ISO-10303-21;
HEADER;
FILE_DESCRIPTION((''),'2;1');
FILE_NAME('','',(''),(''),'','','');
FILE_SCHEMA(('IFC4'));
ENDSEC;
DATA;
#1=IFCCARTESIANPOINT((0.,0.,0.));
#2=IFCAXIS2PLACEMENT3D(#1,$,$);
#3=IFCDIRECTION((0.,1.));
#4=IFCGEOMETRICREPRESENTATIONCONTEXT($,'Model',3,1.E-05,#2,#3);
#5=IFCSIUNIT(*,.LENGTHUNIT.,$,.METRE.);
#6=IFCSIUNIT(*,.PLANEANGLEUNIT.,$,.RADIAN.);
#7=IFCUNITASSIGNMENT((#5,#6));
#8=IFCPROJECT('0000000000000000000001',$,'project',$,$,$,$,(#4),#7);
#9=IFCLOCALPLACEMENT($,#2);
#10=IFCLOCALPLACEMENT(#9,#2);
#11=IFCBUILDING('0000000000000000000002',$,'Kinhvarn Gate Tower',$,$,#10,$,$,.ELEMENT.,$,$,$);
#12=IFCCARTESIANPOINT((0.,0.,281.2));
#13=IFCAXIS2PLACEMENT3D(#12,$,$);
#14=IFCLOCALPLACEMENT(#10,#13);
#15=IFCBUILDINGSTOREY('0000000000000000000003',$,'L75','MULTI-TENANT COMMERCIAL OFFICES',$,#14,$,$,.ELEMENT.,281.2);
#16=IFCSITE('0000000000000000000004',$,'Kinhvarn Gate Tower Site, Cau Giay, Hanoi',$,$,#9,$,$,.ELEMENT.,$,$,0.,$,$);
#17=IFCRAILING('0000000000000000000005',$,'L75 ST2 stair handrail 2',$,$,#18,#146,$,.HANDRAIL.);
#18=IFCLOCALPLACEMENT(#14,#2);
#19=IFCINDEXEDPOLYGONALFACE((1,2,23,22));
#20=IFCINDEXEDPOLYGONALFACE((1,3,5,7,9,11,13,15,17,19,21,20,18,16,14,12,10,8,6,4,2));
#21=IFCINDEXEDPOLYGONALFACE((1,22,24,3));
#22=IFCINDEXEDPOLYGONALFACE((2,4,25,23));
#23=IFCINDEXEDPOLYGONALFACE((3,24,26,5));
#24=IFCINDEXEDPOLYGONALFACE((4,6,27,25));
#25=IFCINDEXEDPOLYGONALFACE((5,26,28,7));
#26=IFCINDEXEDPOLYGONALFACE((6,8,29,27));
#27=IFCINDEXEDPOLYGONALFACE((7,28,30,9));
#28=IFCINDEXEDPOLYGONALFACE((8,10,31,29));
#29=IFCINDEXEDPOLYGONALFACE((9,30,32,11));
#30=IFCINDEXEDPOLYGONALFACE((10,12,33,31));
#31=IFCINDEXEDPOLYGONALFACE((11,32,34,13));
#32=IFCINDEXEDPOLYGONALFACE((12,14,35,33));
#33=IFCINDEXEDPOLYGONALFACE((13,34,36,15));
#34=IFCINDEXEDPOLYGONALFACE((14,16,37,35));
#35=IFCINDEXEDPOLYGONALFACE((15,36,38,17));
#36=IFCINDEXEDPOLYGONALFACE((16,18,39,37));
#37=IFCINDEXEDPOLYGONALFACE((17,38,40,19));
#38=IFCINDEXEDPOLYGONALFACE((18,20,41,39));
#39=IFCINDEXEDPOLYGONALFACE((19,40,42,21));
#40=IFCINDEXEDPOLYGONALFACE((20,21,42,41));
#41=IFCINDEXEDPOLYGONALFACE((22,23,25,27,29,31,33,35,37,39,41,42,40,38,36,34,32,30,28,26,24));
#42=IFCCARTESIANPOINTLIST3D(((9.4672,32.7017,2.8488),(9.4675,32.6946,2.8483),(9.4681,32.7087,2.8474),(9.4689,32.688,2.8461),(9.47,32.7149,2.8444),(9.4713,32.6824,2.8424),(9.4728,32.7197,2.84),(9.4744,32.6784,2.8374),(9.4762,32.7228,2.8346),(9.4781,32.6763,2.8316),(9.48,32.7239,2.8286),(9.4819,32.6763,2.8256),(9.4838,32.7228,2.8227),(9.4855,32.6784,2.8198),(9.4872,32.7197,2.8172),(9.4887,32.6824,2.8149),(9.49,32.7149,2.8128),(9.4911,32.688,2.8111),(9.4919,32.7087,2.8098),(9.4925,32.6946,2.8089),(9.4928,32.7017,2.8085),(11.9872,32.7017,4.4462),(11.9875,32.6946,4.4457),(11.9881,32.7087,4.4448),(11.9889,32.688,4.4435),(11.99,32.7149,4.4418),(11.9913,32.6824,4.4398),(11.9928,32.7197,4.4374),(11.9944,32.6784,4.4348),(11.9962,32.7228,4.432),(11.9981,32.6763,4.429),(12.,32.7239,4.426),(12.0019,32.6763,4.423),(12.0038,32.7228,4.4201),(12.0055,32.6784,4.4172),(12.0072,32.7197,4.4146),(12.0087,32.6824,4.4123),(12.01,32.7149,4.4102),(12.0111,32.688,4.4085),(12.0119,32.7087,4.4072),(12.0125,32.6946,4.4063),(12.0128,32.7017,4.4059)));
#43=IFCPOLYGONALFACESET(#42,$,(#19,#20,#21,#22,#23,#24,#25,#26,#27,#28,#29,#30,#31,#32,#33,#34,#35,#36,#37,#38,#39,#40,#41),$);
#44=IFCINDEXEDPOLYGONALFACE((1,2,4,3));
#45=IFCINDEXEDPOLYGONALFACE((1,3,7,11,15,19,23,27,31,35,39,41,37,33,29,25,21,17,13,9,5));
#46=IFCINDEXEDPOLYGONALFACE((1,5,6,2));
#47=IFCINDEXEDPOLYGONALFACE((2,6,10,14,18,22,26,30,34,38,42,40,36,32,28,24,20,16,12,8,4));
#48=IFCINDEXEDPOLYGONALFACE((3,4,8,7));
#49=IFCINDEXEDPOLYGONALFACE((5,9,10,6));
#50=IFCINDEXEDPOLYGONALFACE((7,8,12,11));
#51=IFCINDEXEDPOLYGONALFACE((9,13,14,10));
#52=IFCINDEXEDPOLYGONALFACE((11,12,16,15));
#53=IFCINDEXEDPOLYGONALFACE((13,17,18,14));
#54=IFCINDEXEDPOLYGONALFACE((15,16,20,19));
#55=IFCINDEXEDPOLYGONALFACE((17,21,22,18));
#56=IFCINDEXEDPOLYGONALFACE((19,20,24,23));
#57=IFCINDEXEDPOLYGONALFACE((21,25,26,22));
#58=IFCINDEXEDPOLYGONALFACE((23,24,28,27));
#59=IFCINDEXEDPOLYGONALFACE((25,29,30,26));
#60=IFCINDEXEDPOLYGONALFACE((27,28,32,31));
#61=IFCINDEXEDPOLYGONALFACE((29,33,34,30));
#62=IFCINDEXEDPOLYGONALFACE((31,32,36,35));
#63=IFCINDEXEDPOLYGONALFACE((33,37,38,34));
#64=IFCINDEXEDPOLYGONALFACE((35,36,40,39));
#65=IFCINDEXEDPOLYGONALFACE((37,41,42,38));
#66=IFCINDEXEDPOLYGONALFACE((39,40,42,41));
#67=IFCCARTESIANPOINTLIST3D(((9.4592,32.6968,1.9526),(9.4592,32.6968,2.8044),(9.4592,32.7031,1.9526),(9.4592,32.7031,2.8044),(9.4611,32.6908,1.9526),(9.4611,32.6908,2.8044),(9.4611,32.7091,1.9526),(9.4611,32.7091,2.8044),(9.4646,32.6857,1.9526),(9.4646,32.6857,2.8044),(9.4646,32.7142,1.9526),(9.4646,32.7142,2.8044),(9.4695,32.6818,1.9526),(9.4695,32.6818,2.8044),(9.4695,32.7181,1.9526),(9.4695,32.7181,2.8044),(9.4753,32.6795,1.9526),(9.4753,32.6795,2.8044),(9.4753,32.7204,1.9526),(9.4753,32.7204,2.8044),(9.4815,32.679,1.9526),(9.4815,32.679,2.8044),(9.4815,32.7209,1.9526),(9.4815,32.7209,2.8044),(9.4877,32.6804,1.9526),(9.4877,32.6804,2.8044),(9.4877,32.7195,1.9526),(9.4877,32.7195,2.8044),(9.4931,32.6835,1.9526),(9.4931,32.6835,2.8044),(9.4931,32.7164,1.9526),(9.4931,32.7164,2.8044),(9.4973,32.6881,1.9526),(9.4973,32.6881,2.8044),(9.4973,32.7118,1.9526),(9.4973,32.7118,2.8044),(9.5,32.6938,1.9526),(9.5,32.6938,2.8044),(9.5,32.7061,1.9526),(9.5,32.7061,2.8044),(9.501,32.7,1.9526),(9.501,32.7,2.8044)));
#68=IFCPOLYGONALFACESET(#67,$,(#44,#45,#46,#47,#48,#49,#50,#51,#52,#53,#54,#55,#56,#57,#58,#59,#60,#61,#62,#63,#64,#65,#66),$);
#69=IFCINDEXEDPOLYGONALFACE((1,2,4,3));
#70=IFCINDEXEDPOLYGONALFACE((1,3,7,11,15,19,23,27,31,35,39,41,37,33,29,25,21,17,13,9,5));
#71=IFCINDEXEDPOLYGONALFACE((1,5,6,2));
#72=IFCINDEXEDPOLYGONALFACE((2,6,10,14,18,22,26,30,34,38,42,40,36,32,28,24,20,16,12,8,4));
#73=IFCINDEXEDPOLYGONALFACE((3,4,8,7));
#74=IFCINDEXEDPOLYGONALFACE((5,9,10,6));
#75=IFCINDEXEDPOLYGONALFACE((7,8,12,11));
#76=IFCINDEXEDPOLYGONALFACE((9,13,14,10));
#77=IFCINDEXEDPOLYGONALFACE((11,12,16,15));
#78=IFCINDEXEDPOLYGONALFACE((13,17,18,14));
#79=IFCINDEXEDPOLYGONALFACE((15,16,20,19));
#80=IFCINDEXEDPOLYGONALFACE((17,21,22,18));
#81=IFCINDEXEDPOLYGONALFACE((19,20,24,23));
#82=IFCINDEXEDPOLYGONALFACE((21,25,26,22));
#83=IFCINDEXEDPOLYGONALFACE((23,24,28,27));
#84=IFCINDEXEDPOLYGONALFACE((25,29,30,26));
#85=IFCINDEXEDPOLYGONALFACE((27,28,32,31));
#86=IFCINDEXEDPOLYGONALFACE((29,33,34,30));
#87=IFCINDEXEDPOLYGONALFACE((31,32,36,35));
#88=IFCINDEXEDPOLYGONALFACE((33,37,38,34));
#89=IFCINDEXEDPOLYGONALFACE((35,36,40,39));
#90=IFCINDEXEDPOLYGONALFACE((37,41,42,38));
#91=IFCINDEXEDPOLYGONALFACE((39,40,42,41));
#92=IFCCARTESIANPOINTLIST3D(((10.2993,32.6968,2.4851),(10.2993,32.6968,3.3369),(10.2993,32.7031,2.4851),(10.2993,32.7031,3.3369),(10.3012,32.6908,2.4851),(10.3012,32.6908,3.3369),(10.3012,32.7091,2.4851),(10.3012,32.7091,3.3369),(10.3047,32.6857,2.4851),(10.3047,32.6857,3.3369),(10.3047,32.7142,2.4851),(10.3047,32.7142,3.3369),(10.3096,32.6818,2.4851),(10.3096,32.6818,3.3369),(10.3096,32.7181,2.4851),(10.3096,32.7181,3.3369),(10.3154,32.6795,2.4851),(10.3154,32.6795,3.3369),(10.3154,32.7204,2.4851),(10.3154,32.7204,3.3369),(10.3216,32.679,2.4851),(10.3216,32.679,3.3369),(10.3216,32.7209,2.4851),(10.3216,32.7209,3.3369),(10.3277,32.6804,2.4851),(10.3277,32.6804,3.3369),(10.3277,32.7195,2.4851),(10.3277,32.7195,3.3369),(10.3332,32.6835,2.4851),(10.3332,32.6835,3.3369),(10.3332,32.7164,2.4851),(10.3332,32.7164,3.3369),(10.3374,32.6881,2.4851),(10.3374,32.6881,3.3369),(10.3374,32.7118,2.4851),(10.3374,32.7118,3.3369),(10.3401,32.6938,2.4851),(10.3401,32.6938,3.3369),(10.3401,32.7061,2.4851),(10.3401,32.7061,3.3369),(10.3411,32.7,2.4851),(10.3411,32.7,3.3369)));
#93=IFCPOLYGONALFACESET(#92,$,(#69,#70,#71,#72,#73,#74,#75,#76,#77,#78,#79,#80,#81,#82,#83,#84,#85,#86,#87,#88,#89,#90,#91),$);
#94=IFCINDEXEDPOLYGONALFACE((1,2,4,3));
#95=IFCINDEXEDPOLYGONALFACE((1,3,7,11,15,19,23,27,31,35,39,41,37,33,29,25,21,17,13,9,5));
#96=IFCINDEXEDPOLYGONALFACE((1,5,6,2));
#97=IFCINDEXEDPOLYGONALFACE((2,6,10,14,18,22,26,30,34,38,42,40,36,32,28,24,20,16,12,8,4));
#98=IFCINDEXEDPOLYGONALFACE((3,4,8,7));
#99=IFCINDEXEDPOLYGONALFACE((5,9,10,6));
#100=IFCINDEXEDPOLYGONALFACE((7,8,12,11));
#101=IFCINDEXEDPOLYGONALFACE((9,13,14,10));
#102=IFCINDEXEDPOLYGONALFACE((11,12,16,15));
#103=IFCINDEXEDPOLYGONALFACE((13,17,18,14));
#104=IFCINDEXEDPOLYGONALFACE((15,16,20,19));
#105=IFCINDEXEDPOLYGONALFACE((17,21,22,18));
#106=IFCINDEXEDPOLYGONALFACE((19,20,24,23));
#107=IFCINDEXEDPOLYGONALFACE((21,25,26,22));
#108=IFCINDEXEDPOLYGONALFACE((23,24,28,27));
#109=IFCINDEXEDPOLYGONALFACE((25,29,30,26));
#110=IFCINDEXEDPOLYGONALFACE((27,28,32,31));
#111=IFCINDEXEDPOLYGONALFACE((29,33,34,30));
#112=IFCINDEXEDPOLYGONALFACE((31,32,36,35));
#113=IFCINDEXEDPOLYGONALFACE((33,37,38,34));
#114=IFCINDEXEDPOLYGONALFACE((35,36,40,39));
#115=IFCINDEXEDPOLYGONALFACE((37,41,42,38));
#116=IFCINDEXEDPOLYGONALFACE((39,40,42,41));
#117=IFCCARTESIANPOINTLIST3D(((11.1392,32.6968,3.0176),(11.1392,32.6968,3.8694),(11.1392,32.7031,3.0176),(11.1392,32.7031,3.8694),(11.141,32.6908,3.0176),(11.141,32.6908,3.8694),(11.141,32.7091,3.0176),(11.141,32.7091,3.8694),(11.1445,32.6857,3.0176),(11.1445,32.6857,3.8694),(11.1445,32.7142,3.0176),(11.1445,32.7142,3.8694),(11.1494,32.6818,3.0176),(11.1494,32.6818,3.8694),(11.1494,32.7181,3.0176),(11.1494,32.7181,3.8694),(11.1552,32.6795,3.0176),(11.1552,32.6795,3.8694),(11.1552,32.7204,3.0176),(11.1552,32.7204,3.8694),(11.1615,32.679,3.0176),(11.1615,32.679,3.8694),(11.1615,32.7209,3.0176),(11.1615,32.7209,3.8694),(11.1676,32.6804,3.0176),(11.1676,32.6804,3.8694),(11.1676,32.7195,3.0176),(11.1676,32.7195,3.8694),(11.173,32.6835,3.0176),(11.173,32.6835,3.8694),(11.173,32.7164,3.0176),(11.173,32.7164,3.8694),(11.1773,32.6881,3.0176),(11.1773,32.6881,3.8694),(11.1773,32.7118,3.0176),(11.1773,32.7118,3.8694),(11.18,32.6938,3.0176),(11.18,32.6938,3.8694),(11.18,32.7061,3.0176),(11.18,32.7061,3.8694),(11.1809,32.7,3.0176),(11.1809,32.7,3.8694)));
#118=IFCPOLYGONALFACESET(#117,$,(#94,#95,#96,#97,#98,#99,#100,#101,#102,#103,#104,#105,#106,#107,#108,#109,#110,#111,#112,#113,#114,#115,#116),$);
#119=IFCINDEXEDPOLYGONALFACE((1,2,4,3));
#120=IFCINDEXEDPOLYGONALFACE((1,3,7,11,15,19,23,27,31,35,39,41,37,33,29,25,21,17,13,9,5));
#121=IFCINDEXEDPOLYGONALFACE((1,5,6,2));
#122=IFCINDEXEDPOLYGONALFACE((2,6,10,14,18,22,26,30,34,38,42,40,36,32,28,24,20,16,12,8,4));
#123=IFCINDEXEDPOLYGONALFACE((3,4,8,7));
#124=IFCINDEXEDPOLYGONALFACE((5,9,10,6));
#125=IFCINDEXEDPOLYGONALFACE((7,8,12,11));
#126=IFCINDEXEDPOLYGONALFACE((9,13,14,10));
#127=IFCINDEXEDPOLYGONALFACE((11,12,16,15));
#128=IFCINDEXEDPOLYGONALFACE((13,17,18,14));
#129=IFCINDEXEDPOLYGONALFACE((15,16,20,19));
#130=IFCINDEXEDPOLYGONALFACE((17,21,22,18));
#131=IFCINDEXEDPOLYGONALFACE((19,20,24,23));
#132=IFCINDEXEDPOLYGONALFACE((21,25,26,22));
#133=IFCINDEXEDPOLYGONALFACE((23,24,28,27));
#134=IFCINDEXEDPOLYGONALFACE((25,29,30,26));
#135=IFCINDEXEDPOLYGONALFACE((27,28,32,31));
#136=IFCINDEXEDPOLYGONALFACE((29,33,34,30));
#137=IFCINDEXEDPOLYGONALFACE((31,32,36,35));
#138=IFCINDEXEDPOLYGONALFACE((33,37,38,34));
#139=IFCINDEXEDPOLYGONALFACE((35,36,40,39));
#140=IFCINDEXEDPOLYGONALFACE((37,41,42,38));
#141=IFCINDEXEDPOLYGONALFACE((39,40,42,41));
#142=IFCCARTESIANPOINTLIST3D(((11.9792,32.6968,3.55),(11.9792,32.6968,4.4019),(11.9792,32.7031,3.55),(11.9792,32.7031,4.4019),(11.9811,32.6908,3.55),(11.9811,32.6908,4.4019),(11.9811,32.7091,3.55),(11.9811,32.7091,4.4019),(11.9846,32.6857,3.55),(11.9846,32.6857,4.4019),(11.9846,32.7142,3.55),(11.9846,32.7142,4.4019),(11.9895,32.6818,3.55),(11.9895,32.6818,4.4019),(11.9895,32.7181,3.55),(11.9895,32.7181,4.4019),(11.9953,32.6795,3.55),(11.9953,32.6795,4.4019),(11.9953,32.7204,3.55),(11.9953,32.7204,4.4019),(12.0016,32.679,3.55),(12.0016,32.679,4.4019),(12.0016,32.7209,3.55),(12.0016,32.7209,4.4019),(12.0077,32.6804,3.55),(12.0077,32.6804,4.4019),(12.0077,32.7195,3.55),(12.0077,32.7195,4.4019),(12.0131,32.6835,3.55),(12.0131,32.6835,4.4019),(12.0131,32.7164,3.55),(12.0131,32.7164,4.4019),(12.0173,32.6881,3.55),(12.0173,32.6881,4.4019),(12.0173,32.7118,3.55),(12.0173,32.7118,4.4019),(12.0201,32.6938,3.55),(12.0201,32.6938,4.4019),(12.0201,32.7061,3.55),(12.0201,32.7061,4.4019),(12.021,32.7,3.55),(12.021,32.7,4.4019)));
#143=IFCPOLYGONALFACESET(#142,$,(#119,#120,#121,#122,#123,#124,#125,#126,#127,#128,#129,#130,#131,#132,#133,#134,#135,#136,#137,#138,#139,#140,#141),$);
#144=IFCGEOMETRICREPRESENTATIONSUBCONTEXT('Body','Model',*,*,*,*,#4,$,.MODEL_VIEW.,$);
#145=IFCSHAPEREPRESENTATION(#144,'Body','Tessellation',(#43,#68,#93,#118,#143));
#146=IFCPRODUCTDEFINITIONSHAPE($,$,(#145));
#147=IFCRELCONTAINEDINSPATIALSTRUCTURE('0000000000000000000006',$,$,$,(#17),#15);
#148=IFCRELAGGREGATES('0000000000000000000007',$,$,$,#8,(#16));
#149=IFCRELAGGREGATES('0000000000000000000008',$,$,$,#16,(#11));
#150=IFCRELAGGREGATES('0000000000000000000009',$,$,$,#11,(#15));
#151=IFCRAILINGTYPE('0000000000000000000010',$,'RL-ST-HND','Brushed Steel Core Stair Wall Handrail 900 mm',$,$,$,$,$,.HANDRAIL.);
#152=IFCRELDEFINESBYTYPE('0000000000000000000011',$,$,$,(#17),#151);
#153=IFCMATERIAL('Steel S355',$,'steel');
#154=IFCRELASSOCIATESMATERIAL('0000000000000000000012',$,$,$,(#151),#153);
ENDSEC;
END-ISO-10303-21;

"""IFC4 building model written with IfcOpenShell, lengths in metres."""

from ifc_helpers import new_model, si_unit, direction, frame, origin, origin_2d, place, context, subcontext, project, spatial, circle, extrude, material, type_object, element, save


model = new_model("IFC4")

# Units and contexts
model_context = context("Model", 3, precision=1e-05, world=origin(), true_north=direction((0.0, 1.0)))
body_context = subcontext(model_context, "Body", "Model", "MODEL_VIEW")
ifc_project = project(units=[si_unit("LENGTHUNIT", "METRE"), si_unit("PLANEANGLEUNIT", "RADIAN")], contexts=[model_context])

# Site, building, storey
site_placement = place(None, origin())
site = spatial("IfcSite", under=ifc_project, at=site_placement, Name="Kinhvarn Gate Tower Site, Cau Giay, Hanoi", CompositionType="ELEMENT", RefElevation=0.0)
building_placement = place(site_placement, origin())
building = spatial("IfcBuilding", under=site, at=building_placement, Name="Kinhvarn Gate Tower", CompositionType="ELEMENT")
storey_placement = place(building_placement, frame((0.0, 0.0, 281.2)))
storey = spatial("IfcBuildingStorey", under=building, at=storey_placement, Name="L75", Description="MULTI-TENANT COMMERCIAL OFFICES", CompositionType="ELEMENT", Elevation=281.2)

# Railing
ifc_material_1 = material(Name="Steel S355", Category="steel")
railing_type_1 = type_object("IfcRailingType", Name="RL-ST-HND", Description="Brushed Steel Core Stair Wall Handrail 900 mm", PredefinedType="HANDRAIL", material=ifc_material_1)
railing_1_placement = place(storey_placement, frame((9.48, 32.7, 1.9526)))
element("IfcRailing", 1, at=railing_1_placement, inside=storey, type_object=railing_type_1, Name="L75 ST2 stair handrail 2", PredefinedType="HANDRAIL", context=body_context, shape_type="SweptSolid", body=[
    extrude(circle(Radius=0.0239, at=origin_2d()), frame((0.0, 0.0, 0.876), z_axis=(0.844607, 0.0, 0.535387), x_axis=(0.0, 1.0, 0.0)), (0.0, 0.0, 1.0), 2.9836),
    extrude(circle(Radius=0.021, at=origin_2d()), origin(), (0.0, 0.0, 1.0), 0.8518),
    extrude(circle(Radius=0.021, at=origin_2d()), frame((0.8401, 0.0, 0.5325)), (0.0, 0.0, 1.0), 0.8518),
    extrude(circle(Radius=0.021, at=origin_2d()), frame((1.6799, 0.0, 1.0649)), (0.0, 0.0, 1.0), 0.8518),
    extrude(circle(Radius=0.021, at=origin_2d()), frame((2.52, 0.0, 1.5974)), (0.0, 0.0, 1.0), 0.8518),
])

save(model, "model.ifc")
